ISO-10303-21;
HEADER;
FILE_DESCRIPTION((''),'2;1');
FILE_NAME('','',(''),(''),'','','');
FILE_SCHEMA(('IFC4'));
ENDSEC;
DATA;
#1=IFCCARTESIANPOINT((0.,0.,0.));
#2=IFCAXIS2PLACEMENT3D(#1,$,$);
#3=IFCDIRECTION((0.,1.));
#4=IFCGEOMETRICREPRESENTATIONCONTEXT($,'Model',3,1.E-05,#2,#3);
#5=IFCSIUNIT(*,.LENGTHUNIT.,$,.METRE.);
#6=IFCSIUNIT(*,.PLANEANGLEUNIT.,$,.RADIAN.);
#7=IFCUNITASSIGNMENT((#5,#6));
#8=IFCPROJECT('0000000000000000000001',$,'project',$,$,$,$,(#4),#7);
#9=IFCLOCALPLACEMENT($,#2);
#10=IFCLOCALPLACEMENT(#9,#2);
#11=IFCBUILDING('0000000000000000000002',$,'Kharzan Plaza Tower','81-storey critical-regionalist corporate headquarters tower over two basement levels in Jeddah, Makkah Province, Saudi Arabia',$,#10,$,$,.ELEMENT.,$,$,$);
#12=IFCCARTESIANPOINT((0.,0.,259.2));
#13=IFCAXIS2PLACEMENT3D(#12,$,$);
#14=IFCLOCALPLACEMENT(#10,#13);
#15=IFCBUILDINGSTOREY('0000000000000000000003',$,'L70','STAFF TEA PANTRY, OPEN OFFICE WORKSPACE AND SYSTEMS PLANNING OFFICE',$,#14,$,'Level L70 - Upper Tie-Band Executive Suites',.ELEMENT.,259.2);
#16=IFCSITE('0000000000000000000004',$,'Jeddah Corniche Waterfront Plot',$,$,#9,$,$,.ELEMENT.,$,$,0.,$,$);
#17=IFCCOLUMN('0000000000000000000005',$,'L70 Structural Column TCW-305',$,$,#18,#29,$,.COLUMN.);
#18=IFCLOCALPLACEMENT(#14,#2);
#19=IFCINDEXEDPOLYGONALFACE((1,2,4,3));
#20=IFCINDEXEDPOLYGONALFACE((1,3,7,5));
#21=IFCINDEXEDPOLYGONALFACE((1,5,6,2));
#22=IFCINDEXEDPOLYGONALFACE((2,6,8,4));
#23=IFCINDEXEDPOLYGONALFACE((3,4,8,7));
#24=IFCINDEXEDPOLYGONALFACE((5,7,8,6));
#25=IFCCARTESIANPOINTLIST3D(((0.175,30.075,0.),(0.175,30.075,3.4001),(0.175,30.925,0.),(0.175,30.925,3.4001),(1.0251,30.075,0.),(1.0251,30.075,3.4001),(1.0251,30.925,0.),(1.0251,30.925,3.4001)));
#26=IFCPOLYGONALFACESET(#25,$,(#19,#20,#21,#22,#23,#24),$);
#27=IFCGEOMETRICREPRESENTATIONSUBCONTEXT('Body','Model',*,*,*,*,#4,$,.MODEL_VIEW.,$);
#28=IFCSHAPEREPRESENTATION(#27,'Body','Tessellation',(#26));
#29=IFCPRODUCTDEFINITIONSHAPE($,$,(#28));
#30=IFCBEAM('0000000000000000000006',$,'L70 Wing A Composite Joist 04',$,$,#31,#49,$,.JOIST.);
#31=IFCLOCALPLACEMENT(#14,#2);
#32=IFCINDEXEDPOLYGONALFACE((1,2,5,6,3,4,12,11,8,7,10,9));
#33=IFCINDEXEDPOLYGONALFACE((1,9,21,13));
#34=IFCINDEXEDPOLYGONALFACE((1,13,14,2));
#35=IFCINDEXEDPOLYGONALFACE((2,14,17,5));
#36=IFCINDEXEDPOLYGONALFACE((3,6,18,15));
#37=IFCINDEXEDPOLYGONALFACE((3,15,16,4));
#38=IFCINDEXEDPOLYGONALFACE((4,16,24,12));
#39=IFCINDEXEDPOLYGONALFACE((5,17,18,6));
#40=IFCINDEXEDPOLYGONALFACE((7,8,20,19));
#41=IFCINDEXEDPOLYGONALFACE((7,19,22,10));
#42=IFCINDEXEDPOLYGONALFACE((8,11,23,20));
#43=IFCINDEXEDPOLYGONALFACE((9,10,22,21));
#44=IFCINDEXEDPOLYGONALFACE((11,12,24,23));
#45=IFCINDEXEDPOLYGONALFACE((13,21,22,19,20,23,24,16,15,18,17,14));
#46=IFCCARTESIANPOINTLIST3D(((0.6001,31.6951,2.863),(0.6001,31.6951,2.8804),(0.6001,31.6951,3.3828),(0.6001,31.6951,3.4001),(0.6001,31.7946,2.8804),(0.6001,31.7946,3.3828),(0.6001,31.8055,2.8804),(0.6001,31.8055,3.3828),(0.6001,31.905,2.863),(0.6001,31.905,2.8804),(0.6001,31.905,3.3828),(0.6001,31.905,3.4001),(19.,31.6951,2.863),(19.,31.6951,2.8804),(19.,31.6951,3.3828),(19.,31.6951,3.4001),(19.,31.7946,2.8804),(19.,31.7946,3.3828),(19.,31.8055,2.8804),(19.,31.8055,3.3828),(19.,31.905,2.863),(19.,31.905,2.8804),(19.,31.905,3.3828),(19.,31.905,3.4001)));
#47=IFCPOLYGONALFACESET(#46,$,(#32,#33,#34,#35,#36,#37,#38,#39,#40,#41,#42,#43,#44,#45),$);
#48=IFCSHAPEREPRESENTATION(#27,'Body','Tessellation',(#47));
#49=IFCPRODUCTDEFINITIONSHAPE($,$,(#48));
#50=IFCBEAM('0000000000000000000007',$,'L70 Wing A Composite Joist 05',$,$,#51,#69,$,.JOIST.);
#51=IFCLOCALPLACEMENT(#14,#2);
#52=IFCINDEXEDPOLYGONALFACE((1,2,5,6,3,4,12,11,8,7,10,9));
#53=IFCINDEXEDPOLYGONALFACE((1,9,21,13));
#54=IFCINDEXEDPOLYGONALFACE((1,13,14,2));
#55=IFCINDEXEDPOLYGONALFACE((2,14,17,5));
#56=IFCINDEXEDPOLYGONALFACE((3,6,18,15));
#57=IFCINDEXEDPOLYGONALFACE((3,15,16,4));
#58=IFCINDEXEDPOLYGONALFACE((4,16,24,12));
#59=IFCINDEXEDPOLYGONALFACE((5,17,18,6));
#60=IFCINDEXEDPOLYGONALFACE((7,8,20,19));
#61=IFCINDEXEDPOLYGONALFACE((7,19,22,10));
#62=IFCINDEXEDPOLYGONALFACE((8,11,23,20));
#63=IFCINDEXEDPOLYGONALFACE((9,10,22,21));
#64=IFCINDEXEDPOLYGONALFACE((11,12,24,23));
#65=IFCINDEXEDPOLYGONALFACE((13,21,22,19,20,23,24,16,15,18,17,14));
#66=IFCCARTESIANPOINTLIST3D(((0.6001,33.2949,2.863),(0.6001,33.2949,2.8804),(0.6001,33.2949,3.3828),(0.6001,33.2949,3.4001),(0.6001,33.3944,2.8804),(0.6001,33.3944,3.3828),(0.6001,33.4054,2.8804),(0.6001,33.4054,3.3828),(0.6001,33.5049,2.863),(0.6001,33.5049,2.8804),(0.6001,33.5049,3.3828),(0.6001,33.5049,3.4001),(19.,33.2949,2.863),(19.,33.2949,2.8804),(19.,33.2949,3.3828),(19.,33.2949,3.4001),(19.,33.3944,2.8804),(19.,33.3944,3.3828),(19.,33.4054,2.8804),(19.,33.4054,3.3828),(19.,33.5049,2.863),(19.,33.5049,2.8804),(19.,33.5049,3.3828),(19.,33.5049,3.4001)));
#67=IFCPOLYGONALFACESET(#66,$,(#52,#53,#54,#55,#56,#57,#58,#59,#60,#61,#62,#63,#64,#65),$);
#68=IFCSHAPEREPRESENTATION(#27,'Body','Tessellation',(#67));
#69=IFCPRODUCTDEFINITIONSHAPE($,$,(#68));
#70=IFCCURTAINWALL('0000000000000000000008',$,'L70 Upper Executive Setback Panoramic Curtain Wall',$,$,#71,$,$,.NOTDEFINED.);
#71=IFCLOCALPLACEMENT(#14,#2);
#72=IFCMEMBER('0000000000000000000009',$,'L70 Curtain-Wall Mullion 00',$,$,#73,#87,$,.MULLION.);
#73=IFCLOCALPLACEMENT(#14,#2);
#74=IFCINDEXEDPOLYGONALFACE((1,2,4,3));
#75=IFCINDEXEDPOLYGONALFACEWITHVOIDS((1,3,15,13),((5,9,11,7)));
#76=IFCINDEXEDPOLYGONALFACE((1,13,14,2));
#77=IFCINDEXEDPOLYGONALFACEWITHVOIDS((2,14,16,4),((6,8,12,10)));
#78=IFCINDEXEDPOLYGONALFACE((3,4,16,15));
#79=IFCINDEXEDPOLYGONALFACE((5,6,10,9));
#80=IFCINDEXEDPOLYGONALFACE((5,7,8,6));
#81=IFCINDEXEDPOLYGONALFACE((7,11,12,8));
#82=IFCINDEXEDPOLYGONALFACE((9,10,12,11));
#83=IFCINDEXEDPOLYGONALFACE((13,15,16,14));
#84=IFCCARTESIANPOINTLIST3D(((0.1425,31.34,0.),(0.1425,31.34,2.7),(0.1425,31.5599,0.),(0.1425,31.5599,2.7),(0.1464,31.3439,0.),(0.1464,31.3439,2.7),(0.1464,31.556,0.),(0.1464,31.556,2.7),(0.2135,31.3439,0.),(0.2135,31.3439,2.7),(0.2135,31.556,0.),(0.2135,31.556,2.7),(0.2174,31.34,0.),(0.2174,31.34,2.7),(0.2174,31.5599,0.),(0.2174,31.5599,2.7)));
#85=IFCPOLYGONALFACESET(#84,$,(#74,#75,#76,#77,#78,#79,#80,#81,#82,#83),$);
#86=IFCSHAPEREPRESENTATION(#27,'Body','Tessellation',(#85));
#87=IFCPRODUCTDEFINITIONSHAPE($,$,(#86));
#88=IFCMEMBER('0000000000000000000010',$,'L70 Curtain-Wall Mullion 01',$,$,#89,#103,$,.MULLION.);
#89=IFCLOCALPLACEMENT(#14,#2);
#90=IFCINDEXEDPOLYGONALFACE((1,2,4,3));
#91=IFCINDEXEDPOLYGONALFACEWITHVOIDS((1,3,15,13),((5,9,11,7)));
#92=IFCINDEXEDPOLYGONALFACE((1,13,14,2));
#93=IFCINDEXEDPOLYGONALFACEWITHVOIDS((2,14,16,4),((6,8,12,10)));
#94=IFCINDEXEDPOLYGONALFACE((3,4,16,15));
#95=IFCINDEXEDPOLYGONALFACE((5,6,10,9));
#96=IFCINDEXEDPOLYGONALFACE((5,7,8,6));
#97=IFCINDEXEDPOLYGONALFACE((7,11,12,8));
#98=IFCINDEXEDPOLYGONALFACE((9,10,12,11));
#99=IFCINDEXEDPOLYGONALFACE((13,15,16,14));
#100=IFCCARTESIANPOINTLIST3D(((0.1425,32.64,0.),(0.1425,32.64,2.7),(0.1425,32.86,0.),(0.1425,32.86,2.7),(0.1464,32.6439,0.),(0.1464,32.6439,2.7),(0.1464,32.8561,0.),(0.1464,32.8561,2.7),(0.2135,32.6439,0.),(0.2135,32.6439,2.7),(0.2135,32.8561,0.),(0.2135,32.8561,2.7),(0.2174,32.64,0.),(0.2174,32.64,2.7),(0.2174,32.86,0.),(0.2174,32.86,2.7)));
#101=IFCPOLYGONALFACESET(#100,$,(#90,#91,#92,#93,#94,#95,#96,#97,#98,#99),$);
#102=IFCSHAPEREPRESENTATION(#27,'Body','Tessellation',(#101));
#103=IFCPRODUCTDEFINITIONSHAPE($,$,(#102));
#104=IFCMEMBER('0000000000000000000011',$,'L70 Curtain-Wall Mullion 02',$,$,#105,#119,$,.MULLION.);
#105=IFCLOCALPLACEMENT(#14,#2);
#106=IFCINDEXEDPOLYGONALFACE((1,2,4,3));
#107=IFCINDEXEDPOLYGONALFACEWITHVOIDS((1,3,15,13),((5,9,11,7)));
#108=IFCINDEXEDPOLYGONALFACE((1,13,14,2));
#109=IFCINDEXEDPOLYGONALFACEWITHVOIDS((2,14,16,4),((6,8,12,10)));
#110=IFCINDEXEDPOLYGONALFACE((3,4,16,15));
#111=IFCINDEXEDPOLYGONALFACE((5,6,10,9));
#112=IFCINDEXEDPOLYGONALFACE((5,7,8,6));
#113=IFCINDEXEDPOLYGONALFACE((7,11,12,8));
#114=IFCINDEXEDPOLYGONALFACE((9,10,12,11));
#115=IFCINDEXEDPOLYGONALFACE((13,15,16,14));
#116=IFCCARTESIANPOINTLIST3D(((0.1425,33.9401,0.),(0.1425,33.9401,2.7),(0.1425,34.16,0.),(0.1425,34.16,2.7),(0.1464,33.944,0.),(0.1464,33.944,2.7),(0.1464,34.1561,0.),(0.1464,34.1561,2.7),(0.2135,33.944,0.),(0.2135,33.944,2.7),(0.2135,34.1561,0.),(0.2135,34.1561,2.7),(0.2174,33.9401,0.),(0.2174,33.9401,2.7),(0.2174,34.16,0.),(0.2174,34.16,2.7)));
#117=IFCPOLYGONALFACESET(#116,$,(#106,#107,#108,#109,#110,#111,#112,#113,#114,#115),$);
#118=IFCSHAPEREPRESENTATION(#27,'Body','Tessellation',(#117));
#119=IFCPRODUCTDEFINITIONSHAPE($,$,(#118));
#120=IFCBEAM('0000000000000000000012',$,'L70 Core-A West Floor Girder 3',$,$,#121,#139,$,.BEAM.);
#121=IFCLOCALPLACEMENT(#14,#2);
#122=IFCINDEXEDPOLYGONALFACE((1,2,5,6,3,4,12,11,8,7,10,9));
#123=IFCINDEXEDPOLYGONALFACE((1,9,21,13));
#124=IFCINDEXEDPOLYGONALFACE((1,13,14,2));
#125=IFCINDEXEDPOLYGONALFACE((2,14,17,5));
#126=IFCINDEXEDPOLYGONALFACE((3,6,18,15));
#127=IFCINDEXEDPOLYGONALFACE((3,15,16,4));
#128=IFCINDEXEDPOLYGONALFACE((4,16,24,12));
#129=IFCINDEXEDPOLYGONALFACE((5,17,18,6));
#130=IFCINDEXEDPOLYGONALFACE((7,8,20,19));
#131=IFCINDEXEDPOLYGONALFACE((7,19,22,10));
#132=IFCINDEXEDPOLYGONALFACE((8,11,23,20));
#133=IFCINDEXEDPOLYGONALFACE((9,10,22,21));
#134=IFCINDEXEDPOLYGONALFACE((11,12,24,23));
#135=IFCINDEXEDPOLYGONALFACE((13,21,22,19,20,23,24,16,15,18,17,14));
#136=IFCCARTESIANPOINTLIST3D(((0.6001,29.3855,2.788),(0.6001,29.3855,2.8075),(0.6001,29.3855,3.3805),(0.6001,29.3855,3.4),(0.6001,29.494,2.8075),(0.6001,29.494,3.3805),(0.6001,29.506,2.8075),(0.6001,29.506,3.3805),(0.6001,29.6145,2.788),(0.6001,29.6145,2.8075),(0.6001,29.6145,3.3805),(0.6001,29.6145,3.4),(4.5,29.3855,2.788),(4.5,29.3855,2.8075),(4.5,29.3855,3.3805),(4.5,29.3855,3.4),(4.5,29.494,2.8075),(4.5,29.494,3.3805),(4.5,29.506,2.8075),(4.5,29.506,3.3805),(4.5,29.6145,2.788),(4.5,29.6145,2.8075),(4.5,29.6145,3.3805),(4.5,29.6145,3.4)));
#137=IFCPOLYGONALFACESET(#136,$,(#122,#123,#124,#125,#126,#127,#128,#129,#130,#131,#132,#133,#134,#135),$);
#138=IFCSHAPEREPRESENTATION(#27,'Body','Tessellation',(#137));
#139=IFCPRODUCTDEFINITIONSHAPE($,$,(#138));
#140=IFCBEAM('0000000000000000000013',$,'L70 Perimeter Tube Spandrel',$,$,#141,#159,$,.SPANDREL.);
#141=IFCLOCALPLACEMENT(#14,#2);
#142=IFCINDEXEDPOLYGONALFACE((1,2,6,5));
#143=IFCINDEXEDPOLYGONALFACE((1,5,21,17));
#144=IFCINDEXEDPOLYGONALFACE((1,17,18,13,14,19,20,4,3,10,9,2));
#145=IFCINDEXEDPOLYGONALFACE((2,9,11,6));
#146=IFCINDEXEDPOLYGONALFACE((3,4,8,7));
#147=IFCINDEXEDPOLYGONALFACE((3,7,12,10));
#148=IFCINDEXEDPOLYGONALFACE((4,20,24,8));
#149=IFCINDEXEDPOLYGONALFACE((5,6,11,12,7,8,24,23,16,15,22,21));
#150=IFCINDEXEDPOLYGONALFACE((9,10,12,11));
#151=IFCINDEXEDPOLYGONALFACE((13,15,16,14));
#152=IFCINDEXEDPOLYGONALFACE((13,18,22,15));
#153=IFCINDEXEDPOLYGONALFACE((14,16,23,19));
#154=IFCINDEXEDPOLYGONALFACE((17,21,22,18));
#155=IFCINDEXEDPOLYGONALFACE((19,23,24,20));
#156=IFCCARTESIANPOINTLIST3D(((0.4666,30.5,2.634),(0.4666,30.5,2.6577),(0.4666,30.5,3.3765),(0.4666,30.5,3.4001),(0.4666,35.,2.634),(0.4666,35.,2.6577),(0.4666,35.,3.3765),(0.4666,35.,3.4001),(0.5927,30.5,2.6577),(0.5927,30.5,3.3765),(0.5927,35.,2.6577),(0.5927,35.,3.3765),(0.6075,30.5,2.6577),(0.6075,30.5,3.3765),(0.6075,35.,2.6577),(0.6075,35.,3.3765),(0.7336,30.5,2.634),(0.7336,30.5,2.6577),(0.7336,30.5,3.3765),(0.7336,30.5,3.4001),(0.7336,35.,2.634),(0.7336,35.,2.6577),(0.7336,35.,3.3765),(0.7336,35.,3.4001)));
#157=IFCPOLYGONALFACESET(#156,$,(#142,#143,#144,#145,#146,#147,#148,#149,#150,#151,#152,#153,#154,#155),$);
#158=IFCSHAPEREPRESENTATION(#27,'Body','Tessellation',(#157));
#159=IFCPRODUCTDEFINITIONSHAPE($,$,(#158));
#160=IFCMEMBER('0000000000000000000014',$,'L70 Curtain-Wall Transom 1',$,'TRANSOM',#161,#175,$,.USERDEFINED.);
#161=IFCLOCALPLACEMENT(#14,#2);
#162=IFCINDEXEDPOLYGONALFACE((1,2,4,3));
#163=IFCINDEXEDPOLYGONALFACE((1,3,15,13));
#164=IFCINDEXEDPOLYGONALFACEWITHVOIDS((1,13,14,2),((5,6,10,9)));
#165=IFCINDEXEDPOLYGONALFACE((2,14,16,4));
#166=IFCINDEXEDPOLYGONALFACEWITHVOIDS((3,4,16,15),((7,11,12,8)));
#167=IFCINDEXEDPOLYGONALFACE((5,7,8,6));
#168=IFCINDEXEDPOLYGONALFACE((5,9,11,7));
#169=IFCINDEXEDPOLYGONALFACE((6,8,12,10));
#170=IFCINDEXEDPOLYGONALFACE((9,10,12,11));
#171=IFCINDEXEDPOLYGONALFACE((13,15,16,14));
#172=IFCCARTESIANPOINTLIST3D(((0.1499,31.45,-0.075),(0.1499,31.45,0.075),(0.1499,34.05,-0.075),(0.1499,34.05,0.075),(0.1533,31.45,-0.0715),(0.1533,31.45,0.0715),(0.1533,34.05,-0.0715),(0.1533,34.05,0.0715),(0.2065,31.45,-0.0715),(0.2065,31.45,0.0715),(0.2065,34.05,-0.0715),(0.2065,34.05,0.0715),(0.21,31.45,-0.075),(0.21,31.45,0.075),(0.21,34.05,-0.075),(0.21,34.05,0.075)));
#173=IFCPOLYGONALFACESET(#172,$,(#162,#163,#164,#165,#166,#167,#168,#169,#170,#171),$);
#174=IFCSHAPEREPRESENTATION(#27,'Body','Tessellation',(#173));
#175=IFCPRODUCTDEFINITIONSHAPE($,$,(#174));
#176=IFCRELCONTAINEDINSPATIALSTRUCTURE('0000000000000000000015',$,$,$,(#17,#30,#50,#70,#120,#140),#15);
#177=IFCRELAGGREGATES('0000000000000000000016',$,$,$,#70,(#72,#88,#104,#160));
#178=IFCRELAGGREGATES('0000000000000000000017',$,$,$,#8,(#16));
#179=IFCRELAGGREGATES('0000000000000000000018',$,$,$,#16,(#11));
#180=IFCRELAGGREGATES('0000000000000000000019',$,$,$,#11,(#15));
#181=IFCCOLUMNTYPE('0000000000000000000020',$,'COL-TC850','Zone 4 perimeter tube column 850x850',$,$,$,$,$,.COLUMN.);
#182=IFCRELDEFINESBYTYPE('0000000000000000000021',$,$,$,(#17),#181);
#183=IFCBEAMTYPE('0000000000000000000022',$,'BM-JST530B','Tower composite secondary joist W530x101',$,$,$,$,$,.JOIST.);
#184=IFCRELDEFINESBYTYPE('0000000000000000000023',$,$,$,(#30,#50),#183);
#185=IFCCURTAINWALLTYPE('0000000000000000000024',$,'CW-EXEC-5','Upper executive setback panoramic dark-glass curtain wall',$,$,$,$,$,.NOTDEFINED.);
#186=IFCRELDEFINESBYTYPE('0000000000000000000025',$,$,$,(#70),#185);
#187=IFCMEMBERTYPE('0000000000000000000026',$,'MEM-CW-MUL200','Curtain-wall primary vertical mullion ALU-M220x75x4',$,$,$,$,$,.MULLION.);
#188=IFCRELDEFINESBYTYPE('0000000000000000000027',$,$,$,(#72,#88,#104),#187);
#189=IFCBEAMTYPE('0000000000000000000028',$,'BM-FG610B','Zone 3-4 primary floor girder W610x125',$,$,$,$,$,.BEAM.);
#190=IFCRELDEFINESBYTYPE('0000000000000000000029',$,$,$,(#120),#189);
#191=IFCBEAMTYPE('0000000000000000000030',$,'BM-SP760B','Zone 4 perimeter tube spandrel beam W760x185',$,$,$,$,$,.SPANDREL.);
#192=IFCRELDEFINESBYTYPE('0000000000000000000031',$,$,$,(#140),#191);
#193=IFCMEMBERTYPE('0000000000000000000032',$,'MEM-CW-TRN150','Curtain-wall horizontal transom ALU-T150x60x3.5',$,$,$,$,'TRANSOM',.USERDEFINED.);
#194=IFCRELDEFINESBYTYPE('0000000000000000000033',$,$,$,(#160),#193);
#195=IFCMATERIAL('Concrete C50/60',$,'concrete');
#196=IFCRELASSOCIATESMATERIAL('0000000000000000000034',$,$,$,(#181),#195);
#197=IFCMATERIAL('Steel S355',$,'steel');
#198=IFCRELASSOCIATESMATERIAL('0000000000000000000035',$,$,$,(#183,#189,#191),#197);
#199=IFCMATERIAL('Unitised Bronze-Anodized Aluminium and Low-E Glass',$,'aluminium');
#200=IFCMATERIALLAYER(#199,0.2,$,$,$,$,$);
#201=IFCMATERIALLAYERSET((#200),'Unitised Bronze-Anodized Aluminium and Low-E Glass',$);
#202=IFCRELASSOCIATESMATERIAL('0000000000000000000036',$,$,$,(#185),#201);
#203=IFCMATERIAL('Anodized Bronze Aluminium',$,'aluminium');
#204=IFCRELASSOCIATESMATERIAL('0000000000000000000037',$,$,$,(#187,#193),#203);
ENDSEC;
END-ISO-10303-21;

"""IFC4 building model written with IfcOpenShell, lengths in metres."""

from ifc_helpers import new_model, si_unit, direction, frame, origin, origin_2d, place, context, subcontext, project, spatial, rectangle, hollow_rectangle, i_section, extrude, source, transform, mapped, material, layer, layer_set, material_profile, profile_set, type_object, element, aggregate, save


model = new_model("IFC4")

# Units and contexts
model_context = context("Model", 3, precision=1e-05, world=origin(), true_north=direction((0.0, 1.0)))
body_context = subcontext(model_context, "Body", "Model", "MODEL_VIEW")
ifc_project = project(units=[si_unit("LENGTHUNIT", "METRE"), si_unit("PLANEANGLEUNIT", "RADIAN")], contexts=[model_context])

# Site, building, storey
site_placement = place(None, origin())
site = spatial("IfcSite", under=ifc_project, at=site_placement, Name="Jeddah Corniche Waterfront Plot", CompositionType="ELEMENT", RefElevation=0.0)
building_placement = place(site_placement, origin())
building = spatial("IfcBuilding", under=site, at=building_placement, Name="Kharzan Plaza Tower", Description="81-storey critical-regionalist corporate headquarters tower over two basement levels in Jeddah, Makkah Province, Saudi Arabia", CompositionType="ELEMENT")
storey_placement = place(building_placement, frame((0.0, 0.0, 259.2)))
storey = spatial("IfcBuildingStorey", under=building, at=storey_placement, Name="L70", Description="STAFF TEA PANTRY, OPEN OFFICE WORKSPACE AND SYSTEMS PLANNING OFFICE", LongName="Level L70 - Upper Tie-Band Executive Suites", CompositionType="ELEMENT", Elevation=259.2)

# Column
ifc_material_1 = material(Name="Concrete C50/60", Category="concrete")
ifc_material_profile_1 = material_profile(ifc_material_1, rectangle(XDim=0.8501, YDim=0.8501, at=origin_2d()), Name="RC-TC850x850")
ifc_profile_set_1 = profile_set([ifc_material_profile_1], Name="Concrete C50/60")
column_type = type_object("IfcColumnType", Name="COL-TC850", Description="Zone 4 perimeter tube column 850x850", PredefinedType="COLUMN", material=ifc_profile_set_1)
shared_shape_1 = source(origin(), body_context, "Body", "SweptSolid", [
    extrude(rectangle(XDim=0.8501, YDim=0.8501, at=origin_2d()), origin(), (0.0, 0.0, 1.0), 3.4001),
])
column_placement = place(storey_placement, frame((0.6001, 30.5, 0.0), z_axis=(0.0, 0.0, 1.0), x_axis=(1.0, 0.0, 0.0)))
element("IfcColumn", 1, at=column_placement, inside=storey, type_object=column_type, Name="L70 Structural Column TCW-305", PredefinedType="COLUMN", context=body_context, shape_type="MappedRepresentation", body=[
    mapped(shared_shape_1, transform((0.0, 0.0, 0.0), x_axis=(1.0, 0.0, 0.0), y_axis=(0.0, 1.0, 0.0), z_axis=(0.0, 0.0, 1.0))),
])

# Beams
ifc_material_2 = material(Name="Steel S355", Category="steel")
ifc_material_profile_2 = material_profile(ifc_material_2, i_section(OverallWidth=0.21, OverallDepth=0.5371, WebThickness=0.011, FlangeThickness=0.0173, at=origin_2d()), Name="W530x101")
ifc_profile_set_2 = profile_set([ifc_material_profile_2], Name="Steel S355")
beam_type_1 = type_object("IfcBeamType", Name="BM-JST530B", Description="Tower composite secondary joist W530x101", PredefinedType="JOIST", material=ifc_profile_set_2)
shared_shape_2 = source(origin(), body_context, "Body", "SweptSolid", [
    extrude(i_section(OverallWidth=0.21, OverallDepth=0.5371, WebThickness=0.011, FlangeThickness=0.0173, at=origin_2d()), origin(), (0.0, 0.0, 1.0), 18.3999),
])
for number, where, z_axis, x_axis, name in (
    (2, (0.6001, 31.8, 3.1316), (1.0, 0.0, 0.0), (0.0, 1.0, 0.0), "L70 Wing A Composite Joist 04"),
    (3, (0.6001, 33.3999, 3.1316), (1.0, 0.0, 0.0), (0.0, 1.0, 0.0), "L70 Wing A Composite Joist 05"),
):
    element("IfcBeam", number, at=place(storey_placement, frame(where, z_axis=z_axis, x_axis=x_axis)), inside=storey, type_object=beam_type_1, Name=name, PredefinedType="JOIST", context=body_context, shape_type="MappedRepresentation", body=[
        mapped(shared_shape_2, transform((0.0, 0.0, 0.0), x_axis=(1.0, 0.0, 0.0), y_axis=(0.0, 1.0, 0.0), z_axis=(0.0, 0.0, 1.0))),
    ])

# Curtain wall, members
ifc_material_3 = material(Name="Unitised Bronze-Anodized Aluminium and Low-E Glass", Category="aluminium")
ifc_layer_1 = layer(ifc_material_3, 0.2)
ifc_layer_set_1 = layer_set([ifc_layer_1], Name="Unitised Bronze-Anodized Aluminium and Low-E Glass")
curtain_wall_type = type_object("IfcCurtainWallType", Name="CW-EXEC-5", Description="Upper executive setback panoramic dark-glass curtain wall", PredefinedType="NOTDEFINED", material=ifc_layer_set_1)
curtain_wall_placement = place(storey_placement, origin())
curtain_wall = element("IfcCurtainWall", 4, at=curtain_wall_placement, inside=storey, type_object=curtain_wall_type, Name="L70 Upper Executive Setback Panoramic Curtain Wall", PredefinedType="NOTDEFINED")
ifc_material_4 = material(Name="Anodized Bronze Aluminium", Category="aluminium")
ifc_material_profile_3 = material_profile(ifc_material_4, hollow_rectangle(XDim=0.075, YDim=0.22, WallThickness=0.0039, at=origin_2d()), Name="ALU-M220x75x4")
ifc_profile_set_3 = profile_set([ifc_material_profile_3], Name="Anodized Bronze Aluminium")
member_type_1 = type_object("IfcMemberType", Name="MEM-CW-MUL200", Description="Curtain-wall primary vertical mullion ALU-M220x75x4", PredefinedType="MULLION", material=ifc_profile_set_3)
shared_shape_3 = source(origin(), body_context, "Body", "SweptSolid", [
    extrude(hollow_rectangle(XDim=0.075, YDim=0.22, WallThickness=0.0039, at=origin_2d()), origin(), (0.0, 0.0, 1.0), 2.7),
])
member_1_placement = place(storey_placement, frame((0.1799, 31.45, 0.0), z_axis=(0.0, 0.0, 1.0), x_axis=(1.0, 0.0, 0.0)))
member_1 = element("IfcMember", 5, at=member_1_placement, type_object=member_type_1, Name="L70 Curtain-Wall Mullion 00", PredefinedType="MULLION", context=body_context, shape_type="MappedRepresentation", body=[
    mapped(shared_shape_3, transform((0.0, 0.0, 0.0), x_axis=(1.0, 0.0, 0.0), y_axis=(0.0, 1.0, 0.0), z_axis=(0.0, 0.0, 1.0))),
])
member_2_placement = place(storey_placement, frame((0.1799, 32.75, 0.0), z_axis=(0.0, 0.0, 1.0), x_axis=(1.0, 0.0, 0.0)))
member_2 = element("IfcMember", 6, at=member_2_placement, type_object=member_type_1, Name="L70 Curtain-Wall Mullion 01", PredefinedType="MULLION", context=body_context, shape_type="MappedRepresentation", body=[
    mapped(shared_shape_3, transform((0.0, 0.0, 0.0), x_axis=(1.0, 0.0, 0.0), y_axis=(0.0, 1.0, 0.0), z_axis=(0.0, 0.0, 1.0))),
])
member_3_placement = place(storey_placement, frame((0.1799, 34.05, 0.0), z_axis=(0.0, 0.0, 1.0), x_axis=(1.0, 0.0, 0.0)))
member_3 = element("IfcMember", 7, at=member_3_placement, type_object=member_type_1, Name="L70 Curtain-Wall Mullion 02", PredefinedType="MULLION", context=body_context, shape_type="MappedRepresentation", body=[
    mapped(shared_shape_3, transform((0.0, 0.0, 0.0), x_axis=(1.0, 0.0, 0.0), y_axis=(0.0, 1.0, 0.0), z_axis=(0.0, 0.0, 1.0))),
])

# Beams
ifc_material_profile_4 = material_profile(ifc_material_2, i_section(OverallWidth=0.229, OverallDepth=0.6121, WebThickness=0.012, FlangeThickness=0.0195, at=origin_2d()), Name="W610x125")
ifc_profile_set_4 = profile_set([ifc_material_profile_4], Name="Steel S355")
beam_type_2 = type_object("IfcBeamType", Name="BM-FG610B", Description="Zone 3-4 primary floor girder W610x125", PredefinedType="BEAM", material=ifc_profile_set_4)
shared_shape_4 = source(origin(), body_context, "Body", "SweptSolid", [
    extrude(i_section(OverallWidth=0.229, OverallDepth=0.6121, WebThickness=0.012, FlangeThickness=0.0195, at=origin_2d()), origin(), (0.0, 0.0, 1.0), 3.8999),
])
beam_1_placement = place(storey_placement, frame((0.6001, 29.5, 3.094), z_axis=(1.0, 0.0, 0.0), x_axis=(0.0, 1.0, 0.0)))
element("IfcBeam", 8, at=beam_1_placement, inside=storey, type_object=beam_type_2, Name="L70 Core-A West Floor Girder 3", PredefinedType="BEAM", context=body_context, shape_type="MappedRepresentation", body=[
    mapped(shared_shape_4, transform((0.0, 0.0, 0.0), x_axis=(1.0, 0.0, 0.0), y_axis=(0.0, 1.0, 0.0), z_axis=(0.0, 0.0, 1.0))),
])
ifc_material_profile_5 = material_profile(ifc_material_2, i_section(OverallWidth=0.2671, OverallDepth=0.7661, WebThickness=0.0149, FlangeThickness=0.0237, at=origin_2d()), Name="W760x185")
ifc_profile_set_5 = profile_set([ifc_material_profile_5], Name="Steel S355")
beam_type_3 = type_object("IfcBeamType", Name="BM-SP760B", Description="Zone 4 perimeter tube spandrel beam W760x185", PredefinedType="SPANDREL", material=ifc_profile_set_5)
shared_shape_5 = source(origin(), body_context, "Body", "SweptSolid", [
    extrude(i_section(OverallWidth=0.2671, OverallDepth=0.7661, WebThickness=0.0149, FlangeThickness=0.0237, at=origin_2d()), origin(), (0.0, 0.0, 1.0), 4.5),
])
beam_2_placement = place(storey_placement, frame((0.6001, 30.5, 3.0171), z_axis=(0.0, 1.0, 0.0), x_axis=(-1.0, 0.0, 0.0)))
element("IfcBeam", 9, at=beam_2_placement, inside=storey, type_object=beam_type_3, Name="L70 Perimeter Tube Spandrel", PredefinedType="SPANDREL", context=body_context, shape_type="MappedRepresentation", body=[
    mapped(shared_shape_5, transform((0.0, 0.0, 0.0), x_axis=(1.0, 0.0, 0.0), y_axis=(0.0, 1.0, 0.0), z_axis=(0.0, 0.0, 1.0))),
])

# Member
ifc_material_profile_6 = material_profile(ifc_material_4, hollow_rectangle(XDim=0.0601, YDim=0.1499, WallThickness=0.0034, at=origin_2d()), Name="ALU-T150x60x3.5")
ifc_profile_set_6 = profile_set([ifc_material_profile_6], Name="Anodized Bronze Aluminium")
member_type_2 = type_object("IfcMemberType", Name="MEM-CW-TRN150", Description="Curtain-wall horizontal transom ALU-T150x60x3.5", ElementType="TRANSOM", PredefinedType="USERDEFINED", material=ifc_profile_set_6)
shared_shape_6 = source(origin(), body_context, "Body", "SweptSolid", [
    extrude(hollow_rectangle(XDim=0.0601, YDim=0.1499, WallThickness=0.0034, at=origin_2d()), origin(), (0.0, 0.0, 1.0), 2.6001),
])
member_4_placement = place(storey_placement, frame((0.1799, 31.45, 0.0), z_axis=(0.0, 1.0, 0.0), x_axis=(-1.0, 0.0, 0.0)))
member_4 = element("IfcMember", 10, at=member_4_placement, type_object=member_type_2, Name="L70 Curtain-Wall Transom 1", ObjectType="TRANSOM", PredefinedType="USERDEFINED", context=body_context, shape_type="MappedRepresentation", body=[
    mapped(shared_shape_6, transform((0.0, 0.0, 0.0), x_axis=(1.0, 0.0, 0.0), y_axis=(0.0, 1.0, 0.0), z_axis=(0.0, 0.0, 1.0))),
])

aggregate(curtain_wall, [member_1, member_2, member_3, member_4])

save(model, "model.ifc")
